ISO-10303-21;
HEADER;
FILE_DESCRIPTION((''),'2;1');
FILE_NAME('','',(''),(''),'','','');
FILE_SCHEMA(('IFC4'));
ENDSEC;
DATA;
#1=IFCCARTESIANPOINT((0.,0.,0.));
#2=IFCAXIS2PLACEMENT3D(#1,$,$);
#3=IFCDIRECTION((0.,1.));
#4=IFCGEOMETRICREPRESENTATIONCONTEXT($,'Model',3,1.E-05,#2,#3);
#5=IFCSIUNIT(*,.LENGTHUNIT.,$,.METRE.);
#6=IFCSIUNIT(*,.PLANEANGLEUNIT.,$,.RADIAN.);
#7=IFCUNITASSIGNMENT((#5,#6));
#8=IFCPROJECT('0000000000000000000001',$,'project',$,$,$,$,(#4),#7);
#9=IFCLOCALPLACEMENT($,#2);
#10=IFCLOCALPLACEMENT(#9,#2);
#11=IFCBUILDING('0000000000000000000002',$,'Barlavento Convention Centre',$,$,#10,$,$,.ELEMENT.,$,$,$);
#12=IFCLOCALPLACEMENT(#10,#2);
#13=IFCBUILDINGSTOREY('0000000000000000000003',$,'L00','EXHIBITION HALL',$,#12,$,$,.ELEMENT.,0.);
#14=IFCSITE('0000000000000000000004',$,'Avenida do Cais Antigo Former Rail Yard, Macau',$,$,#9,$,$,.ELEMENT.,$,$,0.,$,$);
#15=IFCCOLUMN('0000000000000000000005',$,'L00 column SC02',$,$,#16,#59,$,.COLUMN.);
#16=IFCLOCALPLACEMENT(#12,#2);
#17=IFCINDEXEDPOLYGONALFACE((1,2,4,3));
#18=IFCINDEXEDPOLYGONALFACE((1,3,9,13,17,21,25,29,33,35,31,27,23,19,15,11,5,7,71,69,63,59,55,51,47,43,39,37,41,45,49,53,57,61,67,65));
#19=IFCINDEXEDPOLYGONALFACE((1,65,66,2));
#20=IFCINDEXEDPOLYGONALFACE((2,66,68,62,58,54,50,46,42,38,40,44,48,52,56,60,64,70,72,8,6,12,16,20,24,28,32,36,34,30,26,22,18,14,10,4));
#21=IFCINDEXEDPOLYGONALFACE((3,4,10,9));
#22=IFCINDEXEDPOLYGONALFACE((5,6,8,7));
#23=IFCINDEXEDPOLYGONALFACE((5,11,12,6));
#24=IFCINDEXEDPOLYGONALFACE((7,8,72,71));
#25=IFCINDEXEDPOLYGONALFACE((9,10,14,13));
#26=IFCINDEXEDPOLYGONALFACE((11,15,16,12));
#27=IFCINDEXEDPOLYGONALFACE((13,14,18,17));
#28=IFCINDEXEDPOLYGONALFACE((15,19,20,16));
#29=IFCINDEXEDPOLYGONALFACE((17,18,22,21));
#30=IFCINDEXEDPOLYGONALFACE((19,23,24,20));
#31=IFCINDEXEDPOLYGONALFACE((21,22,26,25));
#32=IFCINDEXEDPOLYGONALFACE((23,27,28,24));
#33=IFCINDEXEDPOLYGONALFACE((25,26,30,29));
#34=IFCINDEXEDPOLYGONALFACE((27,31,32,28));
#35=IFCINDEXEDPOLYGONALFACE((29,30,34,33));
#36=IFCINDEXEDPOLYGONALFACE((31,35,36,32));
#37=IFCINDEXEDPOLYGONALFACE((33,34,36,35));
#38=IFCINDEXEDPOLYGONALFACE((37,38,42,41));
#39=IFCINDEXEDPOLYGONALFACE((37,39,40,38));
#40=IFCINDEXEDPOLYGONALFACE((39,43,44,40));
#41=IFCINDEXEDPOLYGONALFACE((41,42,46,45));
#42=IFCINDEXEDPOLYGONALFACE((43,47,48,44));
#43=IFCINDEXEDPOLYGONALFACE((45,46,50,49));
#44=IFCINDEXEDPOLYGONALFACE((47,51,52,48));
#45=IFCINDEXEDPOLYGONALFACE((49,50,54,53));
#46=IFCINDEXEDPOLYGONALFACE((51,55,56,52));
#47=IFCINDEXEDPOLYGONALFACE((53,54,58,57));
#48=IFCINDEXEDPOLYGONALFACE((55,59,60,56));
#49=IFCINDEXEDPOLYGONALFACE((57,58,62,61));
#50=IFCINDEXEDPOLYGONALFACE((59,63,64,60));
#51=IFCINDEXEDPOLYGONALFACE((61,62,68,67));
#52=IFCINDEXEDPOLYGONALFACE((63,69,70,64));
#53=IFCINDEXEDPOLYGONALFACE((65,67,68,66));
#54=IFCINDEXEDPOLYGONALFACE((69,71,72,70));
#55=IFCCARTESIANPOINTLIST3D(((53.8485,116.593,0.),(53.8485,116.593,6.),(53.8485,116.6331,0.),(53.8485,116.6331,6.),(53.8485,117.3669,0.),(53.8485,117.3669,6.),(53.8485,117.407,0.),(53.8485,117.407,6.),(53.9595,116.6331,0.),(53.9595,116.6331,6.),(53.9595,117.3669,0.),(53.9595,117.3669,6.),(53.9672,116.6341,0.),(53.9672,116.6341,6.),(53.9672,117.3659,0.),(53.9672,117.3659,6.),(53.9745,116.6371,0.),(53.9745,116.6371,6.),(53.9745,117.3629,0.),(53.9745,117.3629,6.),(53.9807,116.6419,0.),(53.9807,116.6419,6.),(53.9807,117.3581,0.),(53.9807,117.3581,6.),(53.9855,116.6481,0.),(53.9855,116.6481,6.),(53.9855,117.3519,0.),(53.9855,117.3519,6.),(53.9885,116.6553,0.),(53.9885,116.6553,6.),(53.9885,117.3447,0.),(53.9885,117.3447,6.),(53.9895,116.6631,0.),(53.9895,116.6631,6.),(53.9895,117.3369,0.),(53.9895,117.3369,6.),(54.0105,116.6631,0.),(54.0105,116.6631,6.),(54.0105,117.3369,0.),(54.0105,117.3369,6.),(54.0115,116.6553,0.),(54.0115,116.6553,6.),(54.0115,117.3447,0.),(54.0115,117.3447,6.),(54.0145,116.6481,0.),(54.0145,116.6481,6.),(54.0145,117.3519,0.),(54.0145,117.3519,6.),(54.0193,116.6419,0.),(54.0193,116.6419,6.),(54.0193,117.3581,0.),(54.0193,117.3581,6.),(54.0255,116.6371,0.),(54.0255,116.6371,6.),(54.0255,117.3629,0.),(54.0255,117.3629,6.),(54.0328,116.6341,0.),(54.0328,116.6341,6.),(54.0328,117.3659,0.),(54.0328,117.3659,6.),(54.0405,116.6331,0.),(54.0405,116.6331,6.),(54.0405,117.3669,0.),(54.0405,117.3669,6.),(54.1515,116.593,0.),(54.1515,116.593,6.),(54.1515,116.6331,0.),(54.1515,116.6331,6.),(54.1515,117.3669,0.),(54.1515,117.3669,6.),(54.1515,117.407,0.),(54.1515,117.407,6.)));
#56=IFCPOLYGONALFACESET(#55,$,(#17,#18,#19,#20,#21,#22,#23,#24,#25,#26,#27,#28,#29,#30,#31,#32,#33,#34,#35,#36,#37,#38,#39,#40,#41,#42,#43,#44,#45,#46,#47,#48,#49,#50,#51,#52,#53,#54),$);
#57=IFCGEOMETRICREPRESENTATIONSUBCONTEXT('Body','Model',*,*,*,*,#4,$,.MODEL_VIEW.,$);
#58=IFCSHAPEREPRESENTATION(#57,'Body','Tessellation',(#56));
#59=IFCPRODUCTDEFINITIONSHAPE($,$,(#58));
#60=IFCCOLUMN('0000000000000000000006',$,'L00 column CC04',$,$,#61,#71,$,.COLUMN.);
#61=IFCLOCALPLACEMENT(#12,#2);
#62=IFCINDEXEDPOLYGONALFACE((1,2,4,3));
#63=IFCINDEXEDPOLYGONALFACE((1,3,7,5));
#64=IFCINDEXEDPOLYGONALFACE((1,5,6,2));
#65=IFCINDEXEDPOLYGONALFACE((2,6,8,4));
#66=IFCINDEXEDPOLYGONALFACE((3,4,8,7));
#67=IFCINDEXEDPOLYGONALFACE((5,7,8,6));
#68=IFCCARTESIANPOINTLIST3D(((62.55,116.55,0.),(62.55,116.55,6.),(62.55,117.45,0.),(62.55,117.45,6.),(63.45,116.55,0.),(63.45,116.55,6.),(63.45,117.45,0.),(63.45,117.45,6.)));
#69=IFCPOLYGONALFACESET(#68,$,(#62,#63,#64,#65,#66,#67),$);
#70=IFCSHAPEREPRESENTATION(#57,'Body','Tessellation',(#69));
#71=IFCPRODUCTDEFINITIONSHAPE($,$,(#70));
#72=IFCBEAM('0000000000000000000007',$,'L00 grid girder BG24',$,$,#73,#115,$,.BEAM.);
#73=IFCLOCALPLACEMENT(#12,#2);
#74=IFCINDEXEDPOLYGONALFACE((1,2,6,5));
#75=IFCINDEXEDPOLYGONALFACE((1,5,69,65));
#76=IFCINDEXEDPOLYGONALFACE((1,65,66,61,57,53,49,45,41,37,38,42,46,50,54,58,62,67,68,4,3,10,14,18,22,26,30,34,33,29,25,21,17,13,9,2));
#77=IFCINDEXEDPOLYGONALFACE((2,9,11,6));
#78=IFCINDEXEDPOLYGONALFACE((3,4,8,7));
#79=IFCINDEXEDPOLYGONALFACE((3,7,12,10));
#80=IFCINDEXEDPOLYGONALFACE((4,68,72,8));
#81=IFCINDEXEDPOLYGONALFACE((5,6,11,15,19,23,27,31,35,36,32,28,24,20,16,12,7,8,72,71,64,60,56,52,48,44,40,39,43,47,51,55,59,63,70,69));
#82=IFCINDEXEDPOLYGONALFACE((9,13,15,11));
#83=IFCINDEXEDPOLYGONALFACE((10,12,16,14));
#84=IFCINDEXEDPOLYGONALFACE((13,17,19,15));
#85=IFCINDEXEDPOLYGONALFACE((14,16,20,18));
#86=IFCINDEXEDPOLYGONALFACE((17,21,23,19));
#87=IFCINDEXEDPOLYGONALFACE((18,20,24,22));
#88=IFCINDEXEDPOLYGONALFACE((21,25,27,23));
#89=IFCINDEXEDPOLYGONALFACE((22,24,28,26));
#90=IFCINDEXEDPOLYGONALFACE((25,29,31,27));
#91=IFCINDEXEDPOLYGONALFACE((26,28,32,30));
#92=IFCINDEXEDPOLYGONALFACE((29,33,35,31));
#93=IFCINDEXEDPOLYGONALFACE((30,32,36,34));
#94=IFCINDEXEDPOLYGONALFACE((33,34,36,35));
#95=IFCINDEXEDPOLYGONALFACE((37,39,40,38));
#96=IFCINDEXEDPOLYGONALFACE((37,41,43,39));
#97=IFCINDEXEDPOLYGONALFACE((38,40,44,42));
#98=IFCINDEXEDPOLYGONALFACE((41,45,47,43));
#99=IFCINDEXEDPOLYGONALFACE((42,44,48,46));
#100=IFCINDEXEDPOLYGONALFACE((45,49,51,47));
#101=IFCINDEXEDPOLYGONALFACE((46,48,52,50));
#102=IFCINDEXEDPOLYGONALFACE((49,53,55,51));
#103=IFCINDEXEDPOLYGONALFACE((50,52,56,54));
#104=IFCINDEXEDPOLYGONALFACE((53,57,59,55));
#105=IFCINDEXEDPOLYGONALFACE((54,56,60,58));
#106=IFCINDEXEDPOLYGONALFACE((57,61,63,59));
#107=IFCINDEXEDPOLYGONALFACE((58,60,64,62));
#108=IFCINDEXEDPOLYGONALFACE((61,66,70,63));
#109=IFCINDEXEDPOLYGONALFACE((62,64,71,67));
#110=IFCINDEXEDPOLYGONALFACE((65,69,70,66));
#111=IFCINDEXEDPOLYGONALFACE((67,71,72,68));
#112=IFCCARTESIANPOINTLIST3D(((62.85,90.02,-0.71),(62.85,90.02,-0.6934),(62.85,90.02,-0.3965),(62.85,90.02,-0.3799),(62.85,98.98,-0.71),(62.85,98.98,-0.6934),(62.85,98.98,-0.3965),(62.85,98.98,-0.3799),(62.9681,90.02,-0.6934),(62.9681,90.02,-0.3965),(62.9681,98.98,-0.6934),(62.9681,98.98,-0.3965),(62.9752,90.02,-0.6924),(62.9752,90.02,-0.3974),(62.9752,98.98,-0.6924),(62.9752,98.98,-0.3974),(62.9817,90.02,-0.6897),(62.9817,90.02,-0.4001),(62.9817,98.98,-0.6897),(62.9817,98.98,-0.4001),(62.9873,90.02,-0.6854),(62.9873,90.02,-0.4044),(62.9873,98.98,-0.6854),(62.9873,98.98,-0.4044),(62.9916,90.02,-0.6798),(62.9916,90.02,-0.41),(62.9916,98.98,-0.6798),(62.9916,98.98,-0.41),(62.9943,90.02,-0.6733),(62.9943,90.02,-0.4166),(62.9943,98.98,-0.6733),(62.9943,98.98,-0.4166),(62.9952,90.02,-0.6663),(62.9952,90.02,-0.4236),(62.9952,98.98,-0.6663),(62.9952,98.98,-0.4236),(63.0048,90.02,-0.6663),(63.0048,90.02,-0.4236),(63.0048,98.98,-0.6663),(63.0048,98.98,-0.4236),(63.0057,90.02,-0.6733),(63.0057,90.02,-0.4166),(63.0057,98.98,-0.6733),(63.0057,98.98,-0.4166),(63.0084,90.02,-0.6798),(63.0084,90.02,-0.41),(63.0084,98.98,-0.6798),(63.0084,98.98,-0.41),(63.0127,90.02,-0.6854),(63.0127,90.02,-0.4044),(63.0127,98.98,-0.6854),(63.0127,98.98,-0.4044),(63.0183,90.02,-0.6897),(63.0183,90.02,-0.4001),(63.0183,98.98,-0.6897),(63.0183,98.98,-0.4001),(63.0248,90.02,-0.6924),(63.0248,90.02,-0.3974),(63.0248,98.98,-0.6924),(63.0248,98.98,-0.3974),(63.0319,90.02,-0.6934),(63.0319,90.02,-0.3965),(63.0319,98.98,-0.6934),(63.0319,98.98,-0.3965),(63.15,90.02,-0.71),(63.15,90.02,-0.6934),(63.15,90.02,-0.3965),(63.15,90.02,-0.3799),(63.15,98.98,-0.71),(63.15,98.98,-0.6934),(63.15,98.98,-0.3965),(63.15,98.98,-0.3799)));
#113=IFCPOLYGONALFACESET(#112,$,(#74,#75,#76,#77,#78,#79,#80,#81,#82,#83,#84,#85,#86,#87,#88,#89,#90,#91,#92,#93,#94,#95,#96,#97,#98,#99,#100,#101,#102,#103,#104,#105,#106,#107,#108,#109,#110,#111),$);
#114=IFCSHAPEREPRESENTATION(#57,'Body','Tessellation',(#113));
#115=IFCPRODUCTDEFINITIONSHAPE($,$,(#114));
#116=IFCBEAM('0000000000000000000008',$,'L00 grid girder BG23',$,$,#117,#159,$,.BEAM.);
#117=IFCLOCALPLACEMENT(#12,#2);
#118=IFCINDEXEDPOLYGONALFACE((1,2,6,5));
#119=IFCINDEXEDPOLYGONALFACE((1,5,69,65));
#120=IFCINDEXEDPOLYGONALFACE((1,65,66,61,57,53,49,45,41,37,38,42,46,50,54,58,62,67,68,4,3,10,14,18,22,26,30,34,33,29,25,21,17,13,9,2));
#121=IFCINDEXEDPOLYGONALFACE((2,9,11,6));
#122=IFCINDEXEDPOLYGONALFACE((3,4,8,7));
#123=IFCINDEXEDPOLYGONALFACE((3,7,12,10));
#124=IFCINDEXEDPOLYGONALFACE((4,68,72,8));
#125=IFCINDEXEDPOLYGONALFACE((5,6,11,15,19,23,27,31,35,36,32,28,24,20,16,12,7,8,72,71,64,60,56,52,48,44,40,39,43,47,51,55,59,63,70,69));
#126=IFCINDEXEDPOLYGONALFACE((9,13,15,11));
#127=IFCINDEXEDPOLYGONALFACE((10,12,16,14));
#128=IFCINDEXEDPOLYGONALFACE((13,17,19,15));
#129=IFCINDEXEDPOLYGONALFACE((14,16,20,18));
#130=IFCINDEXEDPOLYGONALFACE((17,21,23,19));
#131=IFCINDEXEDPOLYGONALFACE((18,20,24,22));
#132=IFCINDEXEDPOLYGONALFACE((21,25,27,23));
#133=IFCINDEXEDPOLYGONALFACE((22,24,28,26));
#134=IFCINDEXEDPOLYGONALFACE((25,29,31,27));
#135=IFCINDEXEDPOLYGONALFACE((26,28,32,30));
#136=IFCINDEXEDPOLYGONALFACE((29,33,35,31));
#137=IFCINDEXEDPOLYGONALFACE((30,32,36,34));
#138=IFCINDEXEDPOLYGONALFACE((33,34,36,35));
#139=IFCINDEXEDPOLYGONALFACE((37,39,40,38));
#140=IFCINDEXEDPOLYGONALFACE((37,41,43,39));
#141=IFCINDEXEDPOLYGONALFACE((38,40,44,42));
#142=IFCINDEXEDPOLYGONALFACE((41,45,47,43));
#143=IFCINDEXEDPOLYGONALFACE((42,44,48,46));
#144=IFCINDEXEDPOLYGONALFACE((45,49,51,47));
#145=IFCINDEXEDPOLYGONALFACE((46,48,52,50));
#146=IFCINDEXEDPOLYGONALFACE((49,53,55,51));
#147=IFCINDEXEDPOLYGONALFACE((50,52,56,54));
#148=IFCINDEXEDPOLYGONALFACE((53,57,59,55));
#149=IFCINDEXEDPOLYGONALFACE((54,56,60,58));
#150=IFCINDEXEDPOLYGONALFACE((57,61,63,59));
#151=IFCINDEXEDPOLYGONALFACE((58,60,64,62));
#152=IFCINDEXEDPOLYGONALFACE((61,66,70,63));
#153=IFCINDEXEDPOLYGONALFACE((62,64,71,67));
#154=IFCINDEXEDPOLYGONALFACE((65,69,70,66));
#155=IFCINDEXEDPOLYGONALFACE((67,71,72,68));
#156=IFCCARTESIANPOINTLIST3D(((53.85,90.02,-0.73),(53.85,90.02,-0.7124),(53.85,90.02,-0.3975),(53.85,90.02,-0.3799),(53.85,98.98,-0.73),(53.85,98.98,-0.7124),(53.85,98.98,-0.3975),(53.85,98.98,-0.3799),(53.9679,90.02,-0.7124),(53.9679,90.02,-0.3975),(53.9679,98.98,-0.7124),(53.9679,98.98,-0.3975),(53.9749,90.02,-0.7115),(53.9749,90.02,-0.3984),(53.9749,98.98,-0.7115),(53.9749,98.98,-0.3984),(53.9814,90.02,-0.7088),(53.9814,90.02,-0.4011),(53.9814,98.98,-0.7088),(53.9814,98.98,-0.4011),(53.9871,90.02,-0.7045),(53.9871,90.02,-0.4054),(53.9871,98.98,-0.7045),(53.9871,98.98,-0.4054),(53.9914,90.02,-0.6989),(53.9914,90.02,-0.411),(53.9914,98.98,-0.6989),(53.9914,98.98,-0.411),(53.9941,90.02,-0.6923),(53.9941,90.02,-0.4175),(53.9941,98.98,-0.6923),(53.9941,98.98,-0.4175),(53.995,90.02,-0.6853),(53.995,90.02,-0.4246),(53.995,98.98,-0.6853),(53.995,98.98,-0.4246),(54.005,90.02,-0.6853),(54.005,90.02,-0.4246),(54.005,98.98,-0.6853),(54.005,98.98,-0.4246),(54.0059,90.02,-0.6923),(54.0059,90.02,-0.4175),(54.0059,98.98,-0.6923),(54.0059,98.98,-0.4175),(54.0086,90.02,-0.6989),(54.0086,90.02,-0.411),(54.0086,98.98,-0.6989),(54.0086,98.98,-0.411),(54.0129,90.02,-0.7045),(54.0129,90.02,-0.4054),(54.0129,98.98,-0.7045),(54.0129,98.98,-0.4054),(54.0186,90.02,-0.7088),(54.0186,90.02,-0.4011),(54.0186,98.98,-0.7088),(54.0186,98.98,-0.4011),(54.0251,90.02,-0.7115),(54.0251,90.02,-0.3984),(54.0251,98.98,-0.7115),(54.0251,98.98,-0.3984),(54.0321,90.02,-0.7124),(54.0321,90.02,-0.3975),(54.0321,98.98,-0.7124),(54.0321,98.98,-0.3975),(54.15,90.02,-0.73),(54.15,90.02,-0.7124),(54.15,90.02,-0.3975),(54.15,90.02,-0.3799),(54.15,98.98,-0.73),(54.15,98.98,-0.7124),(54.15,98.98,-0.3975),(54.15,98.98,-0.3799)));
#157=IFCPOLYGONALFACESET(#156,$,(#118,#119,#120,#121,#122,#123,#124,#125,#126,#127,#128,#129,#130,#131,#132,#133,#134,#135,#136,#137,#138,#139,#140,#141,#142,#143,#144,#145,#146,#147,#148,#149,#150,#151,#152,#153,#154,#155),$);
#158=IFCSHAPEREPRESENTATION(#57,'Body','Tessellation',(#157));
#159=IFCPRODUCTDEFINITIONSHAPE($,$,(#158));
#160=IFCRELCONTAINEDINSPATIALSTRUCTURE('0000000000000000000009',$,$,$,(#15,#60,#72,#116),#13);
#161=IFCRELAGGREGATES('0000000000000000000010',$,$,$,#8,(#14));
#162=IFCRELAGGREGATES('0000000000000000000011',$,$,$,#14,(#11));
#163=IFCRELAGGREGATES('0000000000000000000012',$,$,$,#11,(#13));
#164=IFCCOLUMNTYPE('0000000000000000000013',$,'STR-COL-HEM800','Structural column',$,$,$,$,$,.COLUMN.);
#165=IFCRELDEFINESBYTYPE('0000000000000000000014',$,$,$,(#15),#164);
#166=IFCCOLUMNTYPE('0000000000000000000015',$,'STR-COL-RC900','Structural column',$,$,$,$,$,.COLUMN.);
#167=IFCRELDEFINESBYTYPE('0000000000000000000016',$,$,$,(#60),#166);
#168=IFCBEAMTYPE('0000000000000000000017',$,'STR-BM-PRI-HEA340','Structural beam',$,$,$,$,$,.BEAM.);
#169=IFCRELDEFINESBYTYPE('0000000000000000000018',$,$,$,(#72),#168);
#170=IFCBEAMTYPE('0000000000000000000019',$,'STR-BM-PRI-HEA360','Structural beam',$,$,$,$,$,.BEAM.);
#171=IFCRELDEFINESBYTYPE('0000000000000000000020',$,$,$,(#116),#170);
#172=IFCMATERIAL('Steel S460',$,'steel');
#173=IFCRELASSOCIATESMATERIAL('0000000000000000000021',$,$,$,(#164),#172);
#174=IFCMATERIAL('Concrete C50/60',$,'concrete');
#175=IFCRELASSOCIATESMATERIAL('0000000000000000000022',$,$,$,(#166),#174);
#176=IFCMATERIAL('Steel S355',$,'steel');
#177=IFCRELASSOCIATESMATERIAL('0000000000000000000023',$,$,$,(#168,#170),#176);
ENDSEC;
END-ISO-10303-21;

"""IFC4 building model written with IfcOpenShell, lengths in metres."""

from ifc_helpers import new_model, si_unit, direction, frame, origin, origin_2d, place, context, subcontext, project, spatial, rectangle, i_section, extrude, material, material_profile, profile_set, type_object, element, save


model = new_model("IFC4")

# Units and contexts
model_context = context("Model", 3, precision=1e-05, world=origin(), true_north=direction((0.0, 1.0)))
body_context = subcontext(model_context, "Body", "Model", "MODEL_VIEW")
ifc_project = project(units=[si_unit("LENGTHUNIT", "METRE"), si_unit("PLANEANGLEUNIT", "RADIAN")], contexts=[model_context])

# Site, building, storey
site_placement = place(None, origin())
site = spatial("IfcSite", under=ifc_project, at=site_placement, Name="Avenida do Cais Antigo Former Rail Yard, Macau", CompositionType="ELEMENT", RefElevation=0.0)
building_placement = place(site_placement, origin())
building = spatial("IfcBuilding", under=site, at=building_placement, Name="Barlavento Convention Centre", CompositionType="ELEMENT")
storey_placement = place(building_placement, origin())
storey = spatial("IfcBuildingStorey", under=building, at=storey_placement, Name="L00", Description="EXHIBITION HALL", CompositionType="ELEMENT", Elevation=0.0)

# Columns
ifc_material_1 = material(Name="Steel S460", Category="steel")
ifc_material_profile_1 = material_profile(ifc_material_1, i_section(OverallWidth=0.303, OverallDepth=0.814, WebThickness=0.021, FlangeThickness=0.04, FilletRadius=0.03, at=origin_2d()), Name="HEM 800")
ifc_profile_set_1 = profile_set([ifc_material_profile_1], Name="Steel S460")
column_type_1 = type_object("IfcColumnType", Name="STR-COL-HEM800", Description="Structural column", PredefinedType="COLUMN", material=ifc_profile_set_1)
column_1_placement = place(storey_placement, frame((54.0, 117.0, 0.0), z_axis=(0.0, 0.0, 1.0), x_axis=(1.0, 0.0, 0.0)))
element("IfcColumn", 1, at=column_1_placement, inside=storey, type_object=column_type_1, Name="L00 column SC02", PredefinedType="COLUMN", context=body_context, shape_type="SweptSolid", body=[
    extrude(i_section(OverallWidth=0.303, OverallDepth=0.814, WebThickness=0.021, FlangeThickness=0.04, FilletRadius=0.03, at=origin_2d()), origin(), (0.0, 0.0, 1.0), 6.0),
])
ifc_material_2 = material(Name="Concrete C50/60", Category="concrete")
ifc_material_profile_2 = material_profile(ifc_material_2, rectangle(XDim=0.8999, YDim=0.8999, at=origin_2d()), Name="RC 900x900")
ifc_profile_set_2 = profile_set([ifc_material_profile_2], Name="Concrete C50/60")
column_type_2 = type_object("IfcColumnType", Name="STR-COL-RC900", Description="Structural column", PredefinedType="COLUMN", material=ifc_profile_set_2)
column_2_placement = place(storey_placement, frame((63.0, 117.0, 0.0), z_axis=(0.0, 0.0, 1.0), x_axis=(1.0, 0.0, 0.0)))
element("IfcColumn", 2, at=column_2_placement, inside=storey, type_object=column_type_2, Name="L00 column CC04", PredefinedType="COLUMN", context=body_context, shape_type="SweptSolid", body=[
    extrude(rectangle(XDim=0.8999, YDim=0.8999, at=origin_2d()), origin(), (0.0, 0.0, 1.0), 6.0),
])

# Beams
ifc_material_3 = material(Name="Steel S355", Category="steel")
ifc_material_profile_3 = material_profile(ifc_material_3, i_section(OverallWidth=0.3, OverallDepth=0.3301, WebThickness=0.0095, FlangeThickness=0.0166, FilletRadius=0.0271, at=origin_2d()), Name="HEA 340")
ifc_profile_set_3 = profile_set([ifc_material_profile_3], Name="Steel S355")
beam_type_1 = type_object("IfcBeamType", Name="STR-BM-PRI-HEA340", Description="Structural beam", PredefinedType="BEAM", material=ifc_profile_set_3)
beam_1_placement = place(storey_placement, frame((63.0, 90.02, -0.5449), z_axis=(0.0, 1.0, 0.0), x_axis=(-1.0, 0.0, 0.0)))
element("IfcBeam", 3, at=beam_1_placement, inside=storey, type_object=beam_type_1, Name="L00 grid girder BG24", PredefinedType="BEAM", context=body_context, shape_type="SweptSolid", body=[
    extrude(i_section(OverallWidth=0.3, OverallDepth=0.3301, WebThickness=0.0095, FlangeThickness=0.0166, FilletRadius=0.0271, at=origin_2d()), origin(), (0.0, 0.0, 1.0), 8.96),
])
ifc_material_profile_4 = material_profile(ifc_material_3, i_section(OverallWidth=0.3, OverallDepth=0.3501, WebThickness=0.01, FlangeThickness=0.0176, FilletRadius=0.0271, at=origin_2d()), Name="HEA 360")
ifc_profile_set_4 = profile_set([ifc_material_profile_4], Name="Steel S355")
beam_type_2 = type_object("IfcBeamType", Name="STR-BM-PRI-HEA360", Description="Structural beam", PredefinedType="BEAM", material=ifc_profile_set_4)
beam_2_placement = place(storey_placement, frame((54.0, 90.02, -0.5549), z_axis=(0.0, 1.0, 0.0), x_axis=(-1.0, 0.0, 0.0)))
element("IfcBeam", 4, at=beam_2_placement, inside=storey, type_object=beam_type_2, Name="L00 grid girder BG23", PredefinedType="BEAM", context=body_context, shape_type="SweptSolid", body=[
    extrude(i_section(OverallWidth=0.3, OverallDepth=0.3501, WebThickness=0.01, FlangeThickness=0.0176, FilletRadius=0.0271, at=origin_2d()), origin(), (0.0, 0.0, 1.0), 8.96),
])

save(model, "model.ifc")
